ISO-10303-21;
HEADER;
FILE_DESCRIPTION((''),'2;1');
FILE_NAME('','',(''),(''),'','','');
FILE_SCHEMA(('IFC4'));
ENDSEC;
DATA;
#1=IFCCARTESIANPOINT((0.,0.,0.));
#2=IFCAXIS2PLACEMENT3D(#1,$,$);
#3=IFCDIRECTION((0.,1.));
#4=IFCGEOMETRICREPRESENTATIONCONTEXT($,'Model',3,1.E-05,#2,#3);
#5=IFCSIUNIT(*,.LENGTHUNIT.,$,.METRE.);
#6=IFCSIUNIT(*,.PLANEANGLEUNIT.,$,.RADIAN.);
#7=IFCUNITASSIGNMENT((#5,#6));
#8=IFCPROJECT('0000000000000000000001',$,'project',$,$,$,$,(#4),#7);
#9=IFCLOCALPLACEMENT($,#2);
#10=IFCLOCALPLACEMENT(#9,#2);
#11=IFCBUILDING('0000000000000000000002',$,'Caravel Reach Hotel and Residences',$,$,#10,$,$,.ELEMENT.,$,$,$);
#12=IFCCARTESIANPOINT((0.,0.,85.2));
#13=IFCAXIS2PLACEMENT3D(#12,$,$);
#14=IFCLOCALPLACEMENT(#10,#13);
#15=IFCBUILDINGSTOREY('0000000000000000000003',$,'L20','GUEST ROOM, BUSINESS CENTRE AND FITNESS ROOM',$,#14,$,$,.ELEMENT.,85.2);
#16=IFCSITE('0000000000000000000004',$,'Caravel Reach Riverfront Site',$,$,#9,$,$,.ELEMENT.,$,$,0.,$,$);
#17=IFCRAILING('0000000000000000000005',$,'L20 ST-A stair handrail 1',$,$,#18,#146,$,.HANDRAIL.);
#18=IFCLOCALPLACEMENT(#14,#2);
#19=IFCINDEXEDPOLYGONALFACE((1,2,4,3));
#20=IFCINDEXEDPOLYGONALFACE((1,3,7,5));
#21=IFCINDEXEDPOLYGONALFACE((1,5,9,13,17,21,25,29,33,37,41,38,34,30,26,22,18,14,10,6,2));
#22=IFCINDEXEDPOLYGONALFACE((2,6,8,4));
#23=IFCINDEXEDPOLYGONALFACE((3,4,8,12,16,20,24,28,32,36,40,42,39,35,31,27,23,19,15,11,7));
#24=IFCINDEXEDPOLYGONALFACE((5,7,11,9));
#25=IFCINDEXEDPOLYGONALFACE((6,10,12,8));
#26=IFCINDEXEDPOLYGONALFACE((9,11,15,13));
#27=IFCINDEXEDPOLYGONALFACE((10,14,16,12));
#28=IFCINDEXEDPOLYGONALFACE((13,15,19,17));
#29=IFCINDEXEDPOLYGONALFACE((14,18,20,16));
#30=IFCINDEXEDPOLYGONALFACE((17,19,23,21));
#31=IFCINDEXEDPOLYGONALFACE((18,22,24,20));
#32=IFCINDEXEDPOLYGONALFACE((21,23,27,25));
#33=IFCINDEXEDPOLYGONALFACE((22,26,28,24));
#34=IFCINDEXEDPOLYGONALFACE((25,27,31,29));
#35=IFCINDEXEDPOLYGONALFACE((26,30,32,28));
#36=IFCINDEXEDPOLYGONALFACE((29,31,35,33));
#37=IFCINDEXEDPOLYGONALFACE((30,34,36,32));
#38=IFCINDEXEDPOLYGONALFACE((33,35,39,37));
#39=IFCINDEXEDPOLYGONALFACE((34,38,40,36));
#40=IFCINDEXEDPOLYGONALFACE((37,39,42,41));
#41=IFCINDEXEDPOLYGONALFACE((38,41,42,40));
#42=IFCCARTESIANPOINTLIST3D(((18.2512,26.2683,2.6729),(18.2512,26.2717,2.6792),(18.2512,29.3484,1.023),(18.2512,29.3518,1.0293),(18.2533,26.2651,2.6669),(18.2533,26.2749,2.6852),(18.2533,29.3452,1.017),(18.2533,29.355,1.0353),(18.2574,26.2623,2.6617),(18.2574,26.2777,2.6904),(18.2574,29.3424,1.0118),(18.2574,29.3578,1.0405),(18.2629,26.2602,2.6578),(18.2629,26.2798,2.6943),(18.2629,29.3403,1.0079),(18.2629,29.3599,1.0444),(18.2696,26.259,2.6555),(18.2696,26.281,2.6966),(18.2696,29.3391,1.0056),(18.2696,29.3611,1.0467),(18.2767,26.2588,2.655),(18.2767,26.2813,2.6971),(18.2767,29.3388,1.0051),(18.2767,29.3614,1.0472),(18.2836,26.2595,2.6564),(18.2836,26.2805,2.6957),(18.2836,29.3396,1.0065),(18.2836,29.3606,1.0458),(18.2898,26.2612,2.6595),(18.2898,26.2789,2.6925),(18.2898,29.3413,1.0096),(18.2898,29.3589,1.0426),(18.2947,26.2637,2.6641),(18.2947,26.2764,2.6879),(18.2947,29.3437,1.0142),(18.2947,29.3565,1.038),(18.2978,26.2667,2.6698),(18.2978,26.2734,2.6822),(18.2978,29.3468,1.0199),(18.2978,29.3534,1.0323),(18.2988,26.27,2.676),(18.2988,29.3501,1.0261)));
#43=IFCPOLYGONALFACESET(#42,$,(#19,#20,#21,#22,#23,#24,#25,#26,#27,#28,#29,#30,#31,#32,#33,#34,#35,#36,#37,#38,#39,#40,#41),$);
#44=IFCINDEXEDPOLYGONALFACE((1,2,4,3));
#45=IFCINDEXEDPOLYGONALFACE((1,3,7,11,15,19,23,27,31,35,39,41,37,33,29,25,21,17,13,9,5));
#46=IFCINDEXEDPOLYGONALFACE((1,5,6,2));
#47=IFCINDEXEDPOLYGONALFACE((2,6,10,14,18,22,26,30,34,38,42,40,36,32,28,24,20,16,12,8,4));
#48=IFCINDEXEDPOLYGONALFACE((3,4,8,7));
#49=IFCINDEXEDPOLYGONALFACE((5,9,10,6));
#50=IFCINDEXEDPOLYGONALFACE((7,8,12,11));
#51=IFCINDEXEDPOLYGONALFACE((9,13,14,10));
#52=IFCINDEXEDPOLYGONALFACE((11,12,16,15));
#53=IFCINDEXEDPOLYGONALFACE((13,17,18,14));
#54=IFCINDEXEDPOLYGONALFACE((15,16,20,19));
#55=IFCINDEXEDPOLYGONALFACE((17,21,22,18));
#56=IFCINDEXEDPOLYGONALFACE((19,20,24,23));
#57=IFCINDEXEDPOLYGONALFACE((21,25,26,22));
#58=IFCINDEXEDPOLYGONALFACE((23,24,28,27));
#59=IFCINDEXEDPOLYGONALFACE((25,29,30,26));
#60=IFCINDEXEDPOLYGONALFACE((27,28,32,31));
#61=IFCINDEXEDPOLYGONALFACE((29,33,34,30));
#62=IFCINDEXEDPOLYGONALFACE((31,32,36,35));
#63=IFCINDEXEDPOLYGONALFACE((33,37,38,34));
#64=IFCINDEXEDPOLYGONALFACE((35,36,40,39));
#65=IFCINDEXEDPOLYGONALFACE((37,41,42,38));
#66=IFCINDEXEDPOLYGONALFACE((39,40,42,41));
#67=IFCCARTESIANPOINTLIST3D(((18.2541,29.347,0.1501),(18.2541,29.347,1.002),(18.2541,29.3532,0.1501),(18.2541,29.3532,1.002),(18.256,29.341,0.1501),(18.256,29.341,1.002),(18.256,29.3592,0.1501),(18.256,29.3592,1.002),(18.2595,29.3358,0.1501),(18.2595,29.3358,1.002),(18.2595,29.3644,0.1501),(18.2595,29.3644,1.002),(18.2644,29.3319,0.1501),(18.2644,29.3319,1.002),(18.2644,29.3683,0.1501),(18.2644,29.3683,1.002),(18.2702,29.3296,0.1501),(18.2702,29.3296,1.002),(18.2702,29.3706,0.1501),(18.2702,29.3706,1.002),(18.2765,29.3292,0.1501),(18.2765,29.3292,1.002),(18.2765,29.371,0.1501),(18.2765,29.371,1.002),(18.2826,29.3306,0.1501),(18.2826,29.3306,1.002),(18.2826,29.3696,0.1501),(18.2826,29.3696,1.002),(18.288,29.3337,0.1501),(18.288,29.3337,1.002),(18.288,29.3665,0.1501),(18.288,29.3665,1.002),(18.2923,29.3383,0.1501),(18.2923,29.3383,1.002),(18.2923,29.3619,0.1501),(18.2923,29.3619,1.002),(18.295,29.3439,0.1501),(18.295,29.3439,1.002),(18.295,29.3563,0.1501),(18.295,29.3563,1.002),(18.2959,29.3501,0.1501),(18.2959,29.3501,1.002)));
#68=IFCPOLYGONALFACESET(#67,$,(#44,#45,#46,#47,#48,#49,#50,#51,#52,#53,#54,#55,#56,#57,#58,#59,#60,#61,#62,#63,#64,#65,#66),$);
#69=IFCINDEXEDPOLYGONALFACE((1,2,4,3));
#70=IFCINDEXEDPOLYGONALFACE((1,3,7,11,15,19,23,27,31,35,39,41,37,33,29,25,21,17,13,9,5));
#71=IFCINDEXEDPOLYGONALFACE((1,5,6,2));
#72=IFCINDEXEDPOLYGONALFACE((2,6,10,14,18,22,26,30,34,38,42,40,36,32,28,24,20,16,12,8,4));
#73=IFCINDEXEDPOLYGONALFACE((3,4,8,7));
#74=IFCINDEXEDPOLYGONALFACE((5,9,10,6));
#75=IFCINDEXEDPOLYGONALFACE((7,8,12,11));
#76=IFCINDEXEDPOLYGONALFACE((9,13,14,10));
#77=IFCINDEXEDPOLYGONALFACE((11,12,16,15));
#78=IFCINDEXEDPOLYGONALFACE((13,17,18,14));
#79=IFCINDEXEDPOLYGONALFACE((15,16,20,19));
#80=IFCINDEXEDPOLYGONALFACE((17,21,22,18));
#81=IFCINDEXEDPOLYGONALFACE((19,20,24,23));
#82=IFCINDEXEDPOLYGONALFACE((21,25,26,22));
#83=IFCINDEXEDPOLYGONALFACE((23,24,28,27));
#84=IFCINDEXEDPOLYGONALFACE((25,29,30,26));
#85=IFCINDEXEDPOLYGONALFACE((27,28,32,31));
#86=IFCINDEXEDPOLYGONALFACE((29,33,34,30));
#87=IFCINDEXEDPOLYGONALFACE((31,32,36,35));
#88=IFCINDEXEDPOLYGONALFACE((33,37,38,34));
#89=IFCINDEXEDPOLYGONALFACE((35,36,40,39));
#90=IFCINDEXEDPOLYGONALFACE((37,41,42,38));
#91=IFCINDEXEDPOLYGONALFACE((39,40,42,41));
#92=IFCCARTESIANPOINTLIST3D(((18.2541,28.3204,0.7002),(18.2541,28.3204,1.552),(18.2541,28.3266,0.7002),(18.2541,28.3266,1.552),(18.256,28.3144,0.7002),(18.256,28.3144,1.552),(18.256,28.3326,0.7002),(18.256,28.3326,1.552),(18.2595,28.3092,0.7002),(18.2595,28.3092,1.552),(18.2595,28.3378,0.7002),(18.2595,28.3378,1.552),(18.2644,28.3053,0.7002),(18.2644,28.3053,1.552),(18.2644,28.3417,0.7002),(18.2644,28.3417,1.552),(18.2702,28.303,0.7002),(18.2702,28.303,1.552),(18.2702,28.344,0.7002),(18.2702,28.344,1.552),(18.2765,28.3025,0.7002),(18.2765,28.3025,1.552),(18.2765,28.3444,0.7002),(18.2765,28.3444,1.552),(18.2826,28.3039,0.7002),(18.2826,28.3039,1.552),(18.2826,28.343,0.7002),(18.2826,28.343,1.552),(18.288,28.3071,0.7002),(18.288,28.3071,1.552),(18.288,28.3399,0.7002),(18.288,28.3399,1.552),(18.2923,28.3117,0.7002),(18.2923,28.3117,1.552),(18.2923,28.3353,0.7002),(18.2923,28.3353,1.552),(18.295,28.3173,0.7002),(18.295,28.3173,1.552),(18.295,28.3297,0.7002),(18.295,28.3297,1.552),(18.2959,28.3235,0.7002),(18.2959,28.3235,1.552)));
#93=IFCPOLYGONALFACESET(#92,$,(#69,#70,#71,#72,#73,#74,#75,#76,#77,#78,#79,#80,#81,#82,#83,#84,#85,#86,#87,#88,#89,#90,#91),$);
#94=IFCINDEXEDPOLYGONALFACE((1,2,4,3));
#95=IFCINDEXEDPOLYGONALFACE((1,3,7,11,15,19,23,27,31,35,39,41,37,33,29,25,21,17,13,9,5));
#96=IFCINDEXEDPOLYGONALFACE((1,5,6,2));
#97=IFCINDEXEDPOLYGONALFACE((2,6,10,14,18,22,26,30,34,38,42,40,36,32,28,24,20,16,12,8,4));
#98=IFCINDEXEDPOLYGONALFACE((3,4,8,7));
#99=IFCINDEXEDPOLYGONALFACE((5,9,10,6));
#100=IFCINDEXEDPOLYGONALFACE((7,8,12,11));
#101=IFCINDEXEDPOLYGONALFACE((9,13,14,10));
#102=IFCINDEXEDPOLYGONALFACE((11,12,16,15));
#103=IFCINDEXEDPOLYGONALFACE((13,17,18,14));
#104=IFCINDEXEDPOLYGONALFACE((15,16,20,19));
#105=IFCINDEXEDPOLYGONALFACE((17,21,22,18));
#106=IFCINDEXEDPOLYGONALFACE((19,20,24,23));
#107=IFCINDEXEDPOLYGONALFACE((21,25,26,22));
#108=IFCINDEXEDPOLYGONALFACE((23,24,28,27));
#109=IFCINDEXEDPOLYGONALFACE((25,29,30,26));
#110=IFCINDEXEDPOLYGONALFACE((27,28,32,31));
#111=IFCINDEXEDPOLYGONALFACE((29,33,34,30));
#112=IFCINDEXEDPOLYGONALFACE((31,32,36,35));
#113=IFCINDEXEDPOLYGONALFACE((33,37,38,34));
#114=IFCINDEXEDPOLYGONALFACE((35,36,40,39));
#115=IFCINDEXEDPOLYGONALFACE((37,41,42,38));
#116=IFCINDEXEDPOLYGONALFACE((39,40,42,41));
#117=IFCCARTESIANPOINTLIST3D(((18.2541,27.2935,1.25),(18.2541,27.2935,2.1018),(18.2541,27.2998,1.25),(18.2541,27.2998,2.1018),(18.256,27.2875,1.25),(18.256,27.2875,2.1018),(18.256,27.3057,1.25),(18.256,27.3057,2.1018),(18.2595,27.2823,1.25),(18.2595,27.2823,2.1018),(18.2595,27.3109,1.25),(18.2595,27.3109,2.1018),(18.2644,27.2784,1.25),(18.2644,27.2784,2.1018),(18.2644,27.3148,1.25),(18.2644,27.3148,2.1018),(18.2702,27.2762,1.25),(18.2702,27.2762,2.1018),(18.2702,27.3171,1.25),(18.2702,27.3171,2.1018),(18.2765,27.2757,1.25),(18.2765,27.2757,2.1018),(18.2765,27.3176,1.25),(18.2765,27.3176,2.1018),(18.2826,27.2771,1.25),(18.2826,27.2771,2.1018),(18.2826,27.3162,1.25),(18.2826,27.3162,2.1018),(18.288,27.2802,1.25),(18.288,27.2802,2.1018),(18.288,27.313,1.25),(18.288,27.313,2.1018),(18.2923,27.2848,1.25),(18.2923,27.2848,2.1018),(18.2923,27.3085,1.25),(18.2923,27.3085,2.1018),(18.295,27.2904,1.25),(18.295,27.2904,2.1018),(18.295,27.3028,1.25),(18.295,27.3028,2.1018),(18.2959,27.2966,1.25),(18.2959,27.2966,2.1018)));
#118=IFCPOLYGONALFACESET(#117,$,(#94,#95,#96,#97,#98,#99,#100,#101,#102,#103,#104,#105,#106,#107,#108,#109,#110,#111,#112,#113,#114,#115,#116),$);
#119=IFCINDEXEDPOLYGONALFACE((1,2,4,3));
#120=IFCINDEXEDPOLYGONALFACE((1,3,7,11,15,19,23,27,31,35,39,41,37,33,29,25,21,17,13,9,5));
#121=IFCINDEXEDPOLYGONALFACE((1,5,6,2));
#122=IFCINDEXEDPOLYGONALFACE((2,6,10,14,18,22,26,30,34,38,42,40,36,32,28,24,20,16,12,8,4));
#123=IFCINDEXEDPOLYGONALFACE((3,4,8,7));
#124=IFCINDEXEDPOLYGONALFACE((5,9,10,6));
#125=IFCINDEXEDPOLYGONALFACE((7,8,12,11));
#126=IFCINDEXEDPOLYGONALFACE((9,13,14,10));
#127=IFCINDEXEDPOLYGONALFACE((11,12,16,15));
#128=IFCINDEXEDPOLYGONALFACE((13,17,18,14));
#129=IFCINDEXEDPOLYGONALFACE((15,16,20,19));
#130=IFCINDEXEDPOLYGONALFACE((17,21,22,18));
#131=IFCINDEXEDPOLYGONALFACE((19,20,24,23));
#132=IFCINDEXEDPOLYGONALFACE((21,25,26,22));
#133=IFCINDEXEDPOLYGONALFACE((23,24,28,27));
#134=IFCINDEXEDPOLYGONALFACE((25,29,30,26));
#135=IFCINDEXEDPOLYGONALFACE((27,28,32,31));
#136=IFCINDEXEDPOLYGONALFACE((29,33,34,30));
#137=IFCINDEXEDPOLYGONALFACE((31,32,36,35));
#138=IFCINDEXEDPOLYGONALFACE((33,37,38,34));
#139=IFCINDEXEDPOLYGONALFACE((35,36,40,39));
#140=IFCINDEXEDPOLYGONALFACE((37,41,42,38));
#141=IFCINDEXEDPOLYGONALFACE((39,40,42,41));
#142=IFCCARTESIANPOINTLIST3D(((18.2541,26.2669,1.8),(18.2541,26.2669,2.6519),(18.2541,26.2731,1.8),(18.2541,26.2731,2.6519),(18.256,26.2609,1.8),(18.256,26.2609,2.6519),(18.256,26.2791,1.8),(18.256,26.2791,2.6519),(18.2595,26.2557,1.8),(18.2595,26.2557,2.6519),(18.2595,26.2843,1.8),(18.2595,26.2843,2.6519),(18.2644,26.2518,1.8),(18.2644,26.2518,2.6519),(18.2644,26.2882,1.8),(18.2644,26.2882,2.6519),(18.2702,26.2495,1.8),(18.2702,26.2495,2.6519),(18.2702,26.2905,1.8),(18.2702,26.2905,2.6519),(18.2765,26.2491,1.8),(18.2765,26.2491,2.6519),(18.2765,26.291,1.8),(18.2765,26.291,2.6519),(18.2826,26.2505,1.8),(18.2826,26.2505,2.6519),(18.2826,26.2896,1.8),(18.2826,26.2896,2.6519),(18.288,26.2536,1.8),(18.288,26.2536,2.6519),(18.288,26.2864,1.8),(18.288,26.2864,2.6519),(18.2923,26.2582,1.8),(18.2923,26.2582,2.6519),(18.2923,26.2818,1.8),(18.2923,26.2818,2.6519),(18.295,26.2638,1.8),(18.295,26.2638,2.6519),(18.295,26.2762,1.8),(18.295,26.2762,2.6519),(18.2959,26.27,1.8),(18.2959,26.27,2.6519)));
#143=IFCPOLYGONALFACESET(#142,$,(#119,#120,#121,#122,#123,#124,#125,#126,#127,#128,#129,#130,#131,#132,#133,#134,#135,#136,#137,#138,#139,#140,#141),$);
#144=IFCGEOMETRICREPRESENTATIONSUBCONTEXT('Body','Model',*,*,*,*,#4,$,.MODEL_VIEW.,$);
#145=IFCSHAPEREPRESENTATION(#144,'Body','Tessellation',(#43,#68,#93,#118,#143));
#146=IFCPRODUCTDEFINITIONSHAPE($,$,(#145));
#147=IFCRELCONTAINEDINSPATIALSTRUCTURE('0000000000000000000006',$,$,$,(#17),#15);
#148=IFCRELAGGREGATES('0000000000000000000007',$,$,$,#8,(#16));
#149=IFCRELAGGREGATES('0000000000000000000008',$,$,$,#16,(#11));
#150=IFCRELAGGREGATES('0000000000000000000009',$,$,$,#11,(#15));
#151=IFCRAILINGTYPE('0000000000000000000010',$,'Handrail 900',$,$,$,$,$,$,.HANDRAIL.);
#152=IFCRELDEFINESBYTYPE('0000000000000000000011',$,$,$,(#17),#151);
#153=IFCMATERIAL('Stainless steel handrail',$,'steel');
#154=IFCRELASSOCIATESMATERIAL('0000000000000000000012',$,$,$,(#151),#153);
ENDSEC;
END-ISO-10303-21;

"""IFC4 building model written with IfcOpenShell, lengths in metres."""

from ifc_helpers import new_model, si_unit, direction, frame, origin, origin_2d, place, context, subcontext, project, spatial, circle, extrude, material, type_object, element, save


model = new_model("IFC4")

# Units and contexts
model_context = context("Model", 3, precision=1e-05, world=origin(), true_north=direction((0.0, 1.0)))
body_context = subcontext(model_context, "Body", "Model", "MODEL_VIEW")
ifc_project = project(units=[si_unit("LENGTHUNIT", "METRE"), si_unit("PLANEANGLEUNIT", "RADIAN")], contexts=[model_context])

# Site, building, storey
site_placement = place(None, origin())
site = spatial("IfcSite", under=ifc_project, at=site_placement, Name="Caravel Reach Riverfront Site", CompositionType="ELEMENT", RefElevation=0.0)
building_placement = place(site_placement, origin())
building = spatial("IfcBuilding", under=site, at=building_placement, Name="Caravel Reach Hotel and Residences", CompositionType="ELEMENT")
storey_placement = place(building_placement, frame((0.0, 0.0, 85.2)))
storey = spatial("IfcBuildingStorey", under=building, at=storey_placement, Name="L20", Description="GUEST ROOM, BUSINESS CENTRE AND FITNESS ROOM", CompositionType="ELEMENT", Elevation=85.2)

# Railing
ifc_material_1 = material(Name="Stainless steel handrail", Category="steel")
railing_type_1 = type_object("IfcRailingType", Name="Handrail 900", PredefinedType="HANDRAIL", material=ifc_material_1)
railing_1_placement = place(storey_placement, frame((18.2749, 29.3501, 0.1501)))
element("IfcRailing", 1, at=railing_1_placement, inside=storey, type_object=railing_type_1, Name="L20 ST-A stair handrail 1", PredefinedType="HANDRAIL", context=body_context, shape_type="SweptSolid", body=[
    extrude(circle(Radius=0.0239, at=origin_2d()), frame((0.0, 0.0, 0.876), z_axis=(0.0, -0.881497, 0.47219), x_axis=(1.0, 0.0, 0.0)), (0.0, 0.0, 1.0), 3.4941),
    extrude(circle(Radius=0.021, at=origin_2d()), origin(), (0.0, 0.0, 1.0), 0.8518),
    extrude(circle(Radius=0.021, at=origin_2d()), frame((0.0, -1.0266, 0.55)), (0.0, 0.0, 1.0), 0.8518),
    extrude(circle(Radius=0.021, at=origin_2d()), frame((0.0, -2.0535, 1.0999)), (0.0, 0.0, 1.0), 0.8518),
    extrude(circle(Radius=0.021, at=origin_2d()), frame((0.0, -3.0801, 1.6499)), (0.0, 0.0, 1.0), 0.8518),
])

save(model, "model.ifc")
